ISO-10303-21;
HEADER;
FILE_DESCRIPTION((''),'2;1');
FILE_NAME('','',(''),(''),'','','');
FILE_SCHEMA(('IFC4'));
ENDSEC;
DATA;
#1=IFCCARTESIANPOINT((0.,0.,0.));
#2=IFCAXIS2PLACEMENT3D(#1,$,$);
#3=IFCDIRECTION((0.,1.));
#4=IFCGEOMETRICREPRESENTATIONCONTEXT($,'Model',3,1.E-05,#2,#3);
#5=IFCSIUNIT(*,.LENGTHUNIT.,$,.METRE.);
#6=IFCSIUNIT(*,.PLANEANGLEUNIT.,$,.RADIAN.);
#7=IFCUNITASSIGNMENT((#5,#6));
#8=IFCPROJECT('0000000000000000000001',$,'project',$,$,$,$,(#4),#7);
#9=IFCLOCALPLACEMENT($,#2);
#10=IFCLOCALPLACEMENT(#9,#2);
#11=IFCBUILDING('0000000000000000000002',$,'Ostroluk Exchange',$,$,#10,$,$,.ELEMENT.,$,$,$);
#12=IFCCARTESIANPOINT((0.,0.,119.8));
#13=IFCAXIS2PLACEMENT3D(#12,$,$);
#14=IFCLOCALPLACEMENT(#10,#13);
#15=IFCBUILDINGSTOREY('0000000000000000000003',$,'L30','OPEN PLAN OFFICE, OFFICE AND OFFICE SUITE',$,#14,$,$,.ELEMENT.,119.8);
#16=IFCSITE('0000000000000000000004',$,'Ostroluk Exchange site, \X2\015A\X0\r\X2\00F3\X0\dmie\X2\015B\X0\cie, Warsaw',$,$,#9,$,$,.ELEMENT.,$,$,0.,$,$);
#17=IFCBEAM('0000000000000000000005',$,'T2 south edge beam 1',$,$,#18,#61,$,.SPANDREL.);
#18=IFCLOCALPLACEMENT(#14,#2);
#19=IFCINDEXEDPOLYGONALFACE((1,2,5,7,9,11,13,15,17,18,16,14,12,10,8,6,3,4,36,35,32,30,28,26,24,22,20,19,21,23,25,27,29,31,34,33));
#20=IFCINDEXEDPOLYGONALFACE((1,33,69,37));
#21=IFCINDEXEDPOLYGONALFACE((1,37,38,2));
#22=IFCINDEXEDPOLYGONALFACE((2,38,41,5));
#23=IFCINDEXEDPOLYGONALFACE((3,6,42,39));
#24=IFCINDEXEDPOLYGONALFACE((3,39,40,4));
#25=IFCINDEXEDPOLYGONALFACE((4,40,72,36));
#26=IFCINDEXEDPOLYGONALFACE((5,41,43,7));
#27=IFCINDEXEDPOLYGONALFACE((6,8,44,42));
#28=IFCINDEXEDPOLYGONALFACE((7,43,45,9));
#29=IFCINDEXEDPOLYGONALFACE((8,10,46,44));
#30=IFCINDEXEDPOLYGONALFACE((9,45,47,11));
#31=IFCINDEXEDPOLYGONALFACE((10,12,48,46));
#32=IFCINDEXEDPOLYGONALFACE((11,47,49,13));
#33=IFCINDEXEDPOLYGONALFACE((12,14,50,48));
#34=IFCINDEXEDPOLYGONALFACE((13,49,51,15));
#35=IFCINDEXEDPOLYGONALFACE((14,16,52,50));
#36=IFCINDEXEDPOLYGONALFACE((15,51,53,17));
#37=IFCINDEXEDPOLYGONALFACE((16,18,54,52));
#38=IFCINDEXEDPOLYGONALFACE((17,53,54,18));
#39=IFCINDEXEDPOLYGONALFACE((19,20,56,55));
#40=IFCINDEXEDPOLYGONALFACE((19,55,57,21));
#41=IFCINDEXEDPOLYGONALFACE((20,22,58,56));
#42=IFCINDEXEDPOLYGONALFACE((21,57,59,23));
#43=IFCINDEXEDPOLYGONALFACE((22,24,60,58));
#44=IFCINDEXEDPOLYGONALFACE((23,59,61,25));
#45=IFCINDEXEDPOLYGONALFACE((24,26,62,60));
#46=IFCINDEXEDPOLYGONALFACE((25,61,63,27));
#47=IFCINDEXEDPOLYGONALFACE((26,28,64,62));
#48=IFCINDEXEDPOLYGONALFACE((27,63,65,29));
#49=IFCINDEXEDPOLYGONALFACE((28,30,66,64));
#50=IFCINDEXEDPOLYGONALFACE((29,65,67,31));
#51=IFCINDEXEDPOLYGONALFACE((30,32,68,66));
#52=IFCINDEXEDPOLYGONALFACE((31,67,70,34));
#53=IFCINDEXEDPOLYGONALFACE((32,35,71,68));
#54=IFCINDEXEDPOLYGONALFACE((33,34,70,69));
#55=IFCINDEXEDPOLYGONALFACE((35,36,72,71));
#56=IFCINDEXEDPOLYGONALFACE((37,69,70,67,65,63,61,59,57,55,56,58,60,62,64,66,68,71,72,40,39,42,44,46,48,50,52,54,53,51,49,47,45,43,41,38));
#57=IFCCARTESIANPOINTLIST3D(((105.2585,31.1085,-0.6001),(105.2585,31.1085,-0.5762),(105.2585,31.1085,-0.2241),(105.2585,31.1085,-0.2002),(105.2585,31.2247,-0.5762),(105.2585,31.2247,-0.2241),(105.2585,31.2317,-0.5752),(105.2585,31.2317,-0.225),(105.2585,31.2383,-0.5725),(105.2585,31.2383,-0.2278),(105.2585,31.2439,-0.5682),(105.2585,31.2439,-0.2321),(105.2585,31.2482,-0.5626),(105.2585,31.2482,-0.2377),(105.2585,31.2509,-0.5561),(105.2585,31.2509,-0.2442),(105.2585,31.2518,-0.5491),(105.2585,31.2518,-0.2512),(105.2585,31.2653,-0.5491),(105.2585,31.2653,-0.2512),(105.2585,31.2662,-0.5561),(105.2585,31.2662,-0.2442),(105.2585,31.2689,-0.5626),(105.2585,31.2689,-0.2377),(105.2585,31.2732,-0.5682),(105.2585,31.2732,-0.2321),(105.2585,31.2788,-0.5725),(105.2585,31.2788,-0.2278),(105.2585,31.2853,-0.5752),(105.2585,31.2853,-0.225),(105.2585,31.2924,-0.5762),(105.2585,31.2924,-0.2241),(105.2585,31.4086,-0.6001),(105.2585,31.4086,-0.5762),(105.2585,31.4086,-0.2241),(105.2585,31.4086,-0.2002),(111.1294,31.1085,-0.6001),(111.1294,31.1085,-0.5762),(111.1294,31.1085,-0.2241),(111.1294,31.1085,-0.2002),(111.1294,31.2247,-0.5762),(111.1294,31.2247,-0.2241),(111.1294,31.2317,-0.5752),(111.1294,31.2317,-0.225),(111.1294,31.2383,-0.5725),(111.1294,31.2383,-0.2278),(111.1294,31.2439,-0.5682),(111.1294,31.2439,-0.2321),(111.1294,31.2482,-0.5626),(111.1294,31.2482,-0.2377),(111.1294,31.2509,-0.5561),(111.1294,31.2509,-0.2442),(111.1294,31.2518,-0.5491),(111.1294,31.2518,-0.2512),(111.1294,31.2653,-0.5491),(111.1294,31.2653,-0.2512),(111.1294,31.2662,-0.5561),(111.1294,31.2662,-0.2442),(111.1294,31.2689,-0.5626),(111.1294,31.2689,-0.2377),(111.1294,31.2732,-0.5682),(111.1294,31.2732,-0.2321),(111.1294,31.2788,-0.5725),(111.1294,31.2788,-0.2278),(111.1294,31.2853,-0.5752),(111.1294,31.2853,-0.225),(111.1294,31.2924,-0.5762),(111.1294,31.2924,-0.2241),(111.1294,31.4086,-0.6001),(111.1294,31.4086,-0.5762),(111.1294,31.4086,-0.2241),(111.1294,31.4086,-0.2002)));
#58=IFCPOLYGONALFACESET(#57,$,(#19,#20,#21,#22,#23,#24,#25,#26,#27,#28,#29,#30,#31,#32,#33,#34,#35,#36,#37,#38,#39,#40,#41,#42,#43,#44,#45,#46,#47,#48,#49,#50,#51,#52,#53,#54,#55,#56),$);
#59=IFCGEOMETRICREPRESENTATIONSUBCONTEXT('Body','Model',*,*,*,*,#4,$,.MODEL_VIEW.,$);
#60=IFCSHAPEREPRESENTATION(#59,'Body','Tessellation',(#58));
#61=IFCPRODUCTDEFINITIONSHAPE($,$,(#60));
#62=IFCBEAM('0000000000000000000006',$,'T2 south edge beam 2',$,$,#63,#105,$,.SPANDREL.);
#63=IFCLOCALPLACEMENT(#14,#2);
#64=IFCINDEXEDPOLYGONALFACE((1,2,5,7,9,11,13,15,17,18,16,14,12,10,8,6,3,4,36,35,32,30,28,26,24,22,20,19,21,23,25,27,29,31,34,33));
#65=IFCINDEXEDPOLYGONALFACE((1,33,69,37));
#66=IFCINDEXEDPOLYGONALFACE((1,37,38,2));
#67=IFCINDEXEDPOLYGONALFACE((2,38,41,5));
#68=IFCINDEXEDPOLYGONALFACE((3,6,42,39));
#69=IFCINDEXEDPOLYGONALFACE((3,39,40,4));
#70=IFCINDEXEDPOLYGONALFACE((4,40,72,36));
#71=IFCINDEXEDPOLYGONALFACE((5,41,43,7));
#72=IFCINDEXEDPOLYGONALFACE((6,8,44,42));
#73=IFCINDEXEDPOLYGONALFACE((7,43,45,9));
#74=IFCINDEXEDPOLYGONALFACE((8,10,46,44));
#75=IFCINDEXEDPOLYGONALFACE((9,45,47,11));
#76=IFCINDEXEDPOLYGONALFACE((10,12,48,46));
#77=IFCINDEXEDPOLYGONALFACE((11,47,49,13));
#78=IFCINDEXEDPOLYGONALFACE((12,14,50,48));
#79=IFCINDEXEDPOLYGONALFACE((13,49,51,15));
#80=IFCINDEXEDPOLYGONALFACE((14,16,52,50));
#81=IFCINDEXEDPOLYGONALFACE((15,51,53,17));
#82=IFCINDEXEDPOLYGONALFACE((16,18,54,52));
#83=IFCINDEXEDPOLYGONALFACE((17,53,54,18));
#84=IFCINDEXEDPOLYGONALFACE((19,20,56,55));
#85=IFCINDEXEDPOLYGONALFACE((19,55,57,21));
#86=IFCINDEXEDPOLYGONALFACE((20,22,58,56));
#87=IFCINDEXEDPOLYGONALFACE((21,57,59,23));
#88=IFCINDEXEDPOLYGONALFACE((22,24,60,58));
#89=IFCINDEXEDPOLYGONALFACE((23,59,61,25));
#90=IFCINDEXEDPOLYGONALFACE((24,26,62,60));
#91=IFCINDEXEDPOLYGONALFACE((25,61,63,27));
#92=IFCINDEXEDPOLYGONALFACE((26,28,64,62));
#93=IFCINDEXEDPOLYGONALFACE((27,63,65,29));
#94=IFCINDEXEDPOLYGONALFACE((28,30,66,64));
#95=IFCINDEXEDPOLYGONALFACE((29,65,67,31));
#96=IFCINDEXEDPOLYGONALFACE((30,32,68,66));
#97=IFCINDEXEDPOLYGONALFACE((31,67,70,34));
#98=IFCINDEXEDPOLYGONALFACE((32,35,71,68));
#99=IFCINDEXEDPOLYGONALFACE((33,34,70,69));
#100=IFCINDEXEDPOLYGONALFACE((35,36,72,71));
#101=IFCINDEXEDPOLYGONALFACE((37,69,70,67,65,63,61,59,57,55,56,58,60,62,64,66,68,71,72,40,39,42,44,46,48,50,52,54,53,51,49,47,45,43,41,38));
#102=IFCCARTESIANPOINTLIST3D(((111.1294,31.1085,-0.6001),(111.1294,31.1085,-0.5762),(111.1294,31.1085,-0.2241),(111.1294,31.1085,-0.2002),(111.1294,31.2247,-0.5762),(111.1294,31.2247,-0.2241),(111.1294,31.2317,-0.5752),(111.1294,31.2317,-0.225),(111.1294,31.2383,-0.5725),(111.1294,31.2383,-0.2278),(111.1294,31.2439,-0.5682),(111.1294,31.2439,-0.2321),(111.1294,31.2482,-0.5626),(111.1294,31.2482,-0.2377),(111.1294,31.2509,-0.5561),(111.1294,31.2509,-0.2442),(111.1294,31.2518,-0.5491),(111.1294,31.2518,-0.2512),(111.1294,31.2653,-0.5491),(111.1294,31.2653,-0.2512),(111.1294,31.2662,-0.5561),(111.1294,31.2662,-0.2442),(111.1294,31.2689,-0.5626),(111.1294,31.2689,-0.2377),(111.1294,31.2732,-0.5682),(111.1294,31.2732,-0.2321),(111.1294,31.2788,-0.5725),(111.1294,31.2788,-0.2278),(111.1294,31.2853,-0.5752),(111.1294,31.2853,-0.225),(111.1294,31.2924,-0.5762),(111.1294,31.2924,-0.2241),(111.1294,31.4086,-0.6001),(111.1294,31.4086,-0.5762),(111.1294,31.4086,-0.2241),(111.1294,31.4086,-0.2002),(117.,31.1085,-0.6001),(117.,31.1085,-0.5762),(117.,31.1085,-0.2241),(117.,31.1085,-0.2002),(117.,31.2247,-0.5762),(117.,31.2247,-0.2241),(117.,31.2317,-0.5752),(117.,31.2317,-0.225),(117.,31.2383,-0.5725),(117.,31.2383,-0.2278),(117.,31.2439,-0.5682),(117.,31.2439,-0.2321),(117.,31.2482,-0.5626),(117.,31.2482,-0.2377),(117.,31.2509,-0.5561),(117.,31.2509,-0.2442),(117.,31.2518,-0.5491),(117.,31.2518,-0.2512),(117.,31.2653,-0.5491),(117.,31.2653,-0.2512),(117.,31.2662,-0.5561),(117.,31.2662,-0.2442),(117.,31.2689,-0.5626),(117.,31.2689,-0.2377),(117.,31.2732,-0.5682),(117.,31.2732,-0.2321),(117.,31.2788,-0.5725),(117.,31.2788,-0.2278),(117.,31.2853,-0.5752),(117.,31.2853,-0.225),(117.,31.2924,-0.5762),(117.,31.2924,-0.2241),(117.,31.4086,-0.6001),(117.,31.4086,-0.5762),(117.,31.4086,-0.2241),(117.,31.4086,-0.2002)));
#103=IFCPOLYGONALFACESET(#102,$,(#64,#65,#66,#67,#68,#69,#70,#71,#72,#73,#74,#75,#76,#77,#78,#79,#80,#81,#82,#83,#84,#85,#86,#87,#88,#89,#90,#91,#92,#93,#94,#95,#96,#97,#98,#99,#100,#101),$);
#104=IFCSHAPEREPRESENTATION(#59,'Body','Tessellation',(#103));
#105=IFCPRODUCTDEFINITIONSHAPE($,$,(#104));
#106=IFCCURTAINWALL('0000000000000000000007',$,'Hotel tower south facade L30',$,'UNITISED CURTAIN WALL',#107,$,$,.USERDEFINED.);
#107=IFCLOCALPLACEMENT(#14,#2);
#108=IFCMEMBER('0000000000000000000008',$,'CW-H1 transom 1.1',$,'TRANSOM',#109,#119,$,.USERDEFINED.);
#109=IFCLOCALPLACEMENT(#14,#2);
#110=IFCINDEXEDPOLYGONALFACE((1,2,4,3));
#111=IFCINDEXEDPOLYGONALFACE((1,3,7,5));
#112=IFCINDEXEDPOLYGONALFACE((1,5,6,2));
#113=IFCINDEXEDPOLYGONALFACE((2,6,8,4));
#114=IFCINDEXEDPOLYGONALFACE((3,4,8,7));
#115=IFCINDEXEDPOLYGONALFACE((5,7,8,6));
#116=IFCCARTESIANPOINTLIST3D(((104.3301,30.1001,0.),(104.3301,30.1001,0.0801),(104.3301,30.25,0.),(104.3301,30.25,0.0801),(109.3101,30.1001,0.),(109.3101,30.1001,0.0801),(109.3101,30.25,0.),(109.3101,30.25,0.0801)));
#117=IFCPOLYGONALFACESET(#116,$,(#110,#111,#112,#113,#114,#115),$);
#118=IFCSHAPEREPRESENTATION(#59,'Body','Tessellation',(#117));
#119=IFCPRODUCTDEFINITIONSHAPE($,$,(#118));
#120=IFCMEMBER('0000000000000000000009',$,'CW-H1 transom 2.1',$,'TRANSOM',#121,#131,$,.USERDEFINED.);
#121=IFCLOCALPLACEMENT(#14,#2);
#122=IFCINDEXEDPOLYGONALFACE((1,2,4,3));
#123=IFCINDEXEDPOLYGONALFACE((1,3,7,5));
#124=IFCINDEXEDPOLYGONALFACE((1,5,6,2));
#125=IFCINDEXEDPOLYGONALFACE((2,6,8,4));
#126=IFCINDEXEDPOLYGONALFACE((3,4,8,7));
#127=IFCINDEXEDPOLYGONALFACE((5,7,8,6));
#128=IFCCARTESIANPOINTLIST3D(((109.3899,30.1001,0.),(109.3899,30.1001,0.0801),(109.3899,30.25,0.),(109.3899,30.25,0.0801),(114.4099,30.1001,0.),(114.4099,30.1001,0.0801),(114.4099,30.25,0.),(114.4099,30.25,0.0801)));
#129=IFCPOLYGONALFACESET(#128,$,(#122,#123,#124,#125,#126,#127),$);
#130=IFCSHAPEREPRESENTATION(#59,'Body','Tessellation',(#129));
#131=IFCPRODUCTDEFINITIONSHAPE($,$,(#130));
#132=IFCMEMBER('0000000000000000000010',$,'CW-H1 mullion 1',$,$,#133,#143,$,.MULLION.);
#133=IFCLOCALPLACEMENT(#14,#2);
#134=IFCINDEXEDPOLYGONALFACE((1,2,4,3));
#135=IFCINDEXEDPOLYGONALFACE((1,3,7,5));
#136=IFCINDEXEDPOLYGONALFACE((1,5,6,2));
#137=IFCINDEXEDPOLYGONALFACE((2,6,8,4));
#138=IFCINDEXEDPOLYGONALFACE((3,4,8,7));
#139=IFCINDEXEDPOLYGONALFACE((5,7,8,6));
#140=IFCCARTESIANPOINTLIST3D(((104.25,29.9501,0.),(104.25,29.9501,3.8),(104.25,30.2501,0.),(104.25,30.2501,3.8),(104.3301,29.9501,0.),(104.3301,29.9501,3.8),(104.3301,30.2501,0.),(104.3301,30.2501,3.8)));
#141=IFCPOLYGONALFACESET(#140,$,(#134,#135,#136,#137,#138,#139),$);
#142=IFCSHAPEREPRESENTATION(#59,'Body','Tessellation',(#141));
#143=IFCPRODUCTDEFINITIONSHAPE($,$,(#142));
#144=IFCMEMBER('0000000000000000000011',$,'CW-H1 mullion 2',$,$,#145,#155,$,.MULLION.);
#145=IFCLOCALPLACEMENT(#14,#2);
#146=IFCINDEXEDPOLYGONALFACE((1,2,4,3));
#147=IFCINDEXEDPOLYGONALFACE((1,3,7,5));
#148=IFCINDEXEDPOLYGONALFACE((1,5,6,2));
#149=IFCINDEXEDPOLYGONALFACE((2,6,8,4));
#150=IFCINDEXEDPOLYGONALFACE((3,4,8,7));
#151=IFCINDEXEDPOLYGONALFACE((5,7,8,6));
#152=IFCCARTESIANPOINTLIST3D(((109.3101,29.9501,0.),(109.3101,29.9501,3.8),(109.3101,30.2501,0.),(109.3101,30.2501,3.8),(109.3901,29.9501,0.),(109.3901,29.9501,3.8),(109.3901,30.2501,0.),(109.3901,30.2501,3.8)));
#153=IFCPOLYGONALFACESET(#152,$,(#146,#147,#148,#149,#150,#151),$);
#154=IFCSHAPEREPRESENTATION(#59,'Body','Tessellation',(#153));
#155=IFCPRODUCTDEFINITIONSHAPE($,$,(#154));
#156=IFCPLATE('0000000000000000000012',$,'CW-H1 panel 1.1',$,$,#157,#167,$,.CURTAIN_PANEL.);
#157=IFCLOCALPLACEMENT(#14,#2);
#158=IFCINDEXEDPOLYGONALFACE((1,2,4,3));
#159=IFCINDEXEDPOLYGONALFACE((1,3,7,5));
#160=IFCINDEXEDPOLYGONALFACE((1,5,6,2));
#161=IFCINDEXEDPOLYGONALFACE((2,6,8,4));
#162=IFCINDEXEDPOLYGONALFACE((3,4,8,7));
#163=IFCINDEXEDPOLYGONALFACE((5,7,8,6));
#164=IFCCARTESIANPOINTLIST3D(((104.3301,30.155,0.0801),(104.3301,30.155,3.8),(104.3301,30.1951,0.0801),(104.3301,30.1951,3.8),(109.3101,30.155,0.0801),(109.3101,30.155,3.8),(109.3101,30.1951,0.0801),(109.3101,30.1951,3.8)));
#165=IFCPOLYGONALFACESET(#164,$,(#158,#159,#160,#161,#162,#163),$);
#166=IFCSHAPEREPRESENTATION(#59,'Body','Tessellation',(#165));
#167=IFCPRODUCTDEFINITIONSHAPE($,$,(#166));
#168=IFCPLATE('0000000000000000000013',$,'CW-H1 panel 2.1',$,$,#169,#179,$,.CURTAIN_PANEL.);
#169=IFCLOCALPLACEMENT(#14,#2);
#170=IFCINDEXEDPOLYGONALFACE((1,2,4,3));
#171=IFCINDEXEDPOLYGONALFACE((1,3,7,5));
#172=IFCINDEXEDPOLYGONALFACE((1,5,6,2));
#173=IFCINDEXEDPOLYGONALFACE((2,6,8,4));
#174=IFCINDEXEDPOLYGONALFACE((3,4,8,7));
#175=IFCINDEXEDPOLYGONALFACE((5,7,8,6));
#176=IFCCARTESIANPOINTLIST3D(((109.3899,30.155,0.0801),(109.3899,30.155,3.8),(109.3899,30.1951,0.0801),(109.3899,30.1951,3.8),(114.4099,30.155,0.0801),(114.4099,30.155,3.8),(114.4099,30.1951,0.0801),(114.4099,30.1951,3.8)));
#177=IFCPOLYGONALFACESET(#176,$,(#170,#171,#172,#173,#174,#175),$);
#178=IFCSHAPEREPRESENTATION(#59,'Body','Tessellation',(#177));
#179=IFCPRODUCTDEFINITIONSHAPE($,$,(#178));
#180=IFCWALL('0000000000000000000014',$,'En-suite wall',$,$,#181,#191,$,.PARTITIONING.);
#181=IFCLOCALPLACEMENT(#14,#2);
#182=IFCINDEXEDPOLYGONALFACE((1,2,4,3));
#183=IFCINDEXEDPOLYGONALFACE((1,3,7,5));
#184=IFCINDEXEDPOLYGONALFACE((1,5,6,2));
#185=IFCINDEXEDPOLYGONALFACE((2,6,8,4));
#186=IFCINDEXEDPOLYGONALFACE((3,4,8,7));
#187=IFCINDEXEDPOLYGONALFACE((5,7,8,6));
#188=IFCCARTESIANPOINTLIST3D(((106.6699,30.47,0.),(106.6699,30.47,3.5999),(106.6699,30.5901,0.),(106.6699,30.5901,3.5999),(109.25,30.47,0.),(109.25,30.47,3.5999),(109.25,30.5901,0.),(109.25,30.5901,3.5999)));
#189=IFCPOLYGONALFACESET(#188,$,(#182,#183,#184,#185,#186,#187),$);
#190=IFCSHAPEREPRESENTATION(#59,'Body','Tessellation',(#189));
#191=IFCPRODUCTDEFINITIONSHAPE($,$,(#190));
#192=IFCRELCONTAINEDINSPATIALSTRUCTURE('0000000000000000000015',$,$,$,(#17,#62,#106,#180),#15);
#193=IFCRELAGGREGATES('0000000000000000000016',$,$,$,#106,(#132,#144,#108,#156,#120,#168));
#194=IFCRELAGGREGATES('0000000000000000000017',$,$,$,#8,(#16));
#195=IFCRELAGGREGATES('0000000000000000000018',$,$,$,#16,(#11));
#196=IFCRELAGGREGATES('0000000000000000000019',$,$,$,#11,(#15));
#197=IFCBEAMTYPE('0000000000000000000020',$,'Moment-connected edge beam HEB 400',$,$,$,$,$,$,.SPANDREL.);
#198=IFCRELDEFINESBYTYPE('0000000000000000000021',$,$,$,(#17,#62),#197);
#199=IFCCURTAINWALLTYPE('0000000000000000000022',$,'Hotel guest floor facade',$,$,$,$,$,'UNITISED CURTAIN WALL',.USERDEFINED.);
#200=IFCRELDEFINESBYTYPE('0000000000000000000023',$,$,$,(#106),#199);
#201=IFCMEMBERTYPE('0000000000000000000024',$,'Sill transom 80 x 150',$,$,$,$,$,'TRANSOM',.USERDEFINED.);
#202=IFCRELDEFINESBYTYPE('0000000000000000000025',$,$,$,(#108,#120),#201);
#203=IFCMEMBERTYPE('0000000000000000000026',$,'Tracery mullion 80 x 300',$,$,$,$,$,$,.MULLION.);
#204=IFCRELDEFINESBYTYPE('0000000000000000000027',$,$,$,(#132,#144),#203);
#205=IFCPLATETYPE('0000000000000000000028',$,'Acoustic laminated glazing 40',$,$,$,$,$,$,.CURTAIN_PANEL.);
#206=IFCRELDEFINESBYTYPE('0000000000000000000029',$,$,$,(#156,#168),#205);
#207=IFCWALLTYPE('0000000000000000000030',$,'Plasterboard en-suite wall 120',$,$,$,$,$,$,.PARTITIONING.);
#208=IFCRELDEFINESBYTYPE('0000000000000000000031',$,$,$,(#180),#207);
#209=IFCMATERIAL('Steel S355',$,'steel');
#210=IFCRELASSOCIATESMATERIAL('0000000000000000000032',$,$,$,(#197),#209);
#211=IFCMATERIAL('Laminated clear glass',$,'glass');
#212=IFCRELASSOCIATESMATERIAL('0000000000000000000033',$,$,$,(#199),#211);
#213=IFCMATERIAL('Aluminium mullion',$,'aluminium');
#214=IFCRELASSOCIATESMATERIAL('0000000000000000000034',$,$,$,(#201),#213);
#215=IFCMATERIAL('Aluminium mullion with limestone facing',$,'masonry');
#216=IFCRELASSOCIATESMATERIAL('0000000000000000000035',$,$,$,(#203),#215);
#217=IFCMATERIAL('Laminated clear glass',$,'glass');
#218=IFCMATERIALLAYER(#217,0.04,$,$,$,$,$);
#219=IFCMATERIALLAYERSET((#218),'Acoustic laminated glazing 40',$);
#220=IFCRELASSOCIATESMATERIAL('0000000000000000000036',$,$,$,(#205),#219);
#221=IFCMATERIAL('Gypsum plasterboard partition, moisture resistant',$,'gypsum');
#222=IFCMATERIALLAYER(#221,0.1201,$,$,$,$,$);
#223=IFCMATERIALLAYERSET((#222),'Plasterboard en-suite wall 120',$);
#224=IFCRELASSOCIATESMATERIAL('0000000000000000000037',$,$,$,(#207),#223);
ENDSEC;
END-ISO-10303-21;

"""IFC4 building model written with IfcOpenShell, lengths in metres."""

from ifc_helpers import new_model, si_unit, direction, frame, frame_2d, origin, origin_2d, place, context, subcontext, project, spatial, rectangle, i_section, extrude, material, layer, layer_set, material_profile, profile_set, type_object, element, aggregate, save


model = new_model("IFC4")

# Units and contexts
model_context = context("Model", 3, precision=1e-05, world=origin(), true_north=direction((0.0, 1.0)))
body_context = subcontext(model_context, "Body", "Model", "MODEL_VIEW")
ifc_project = project(units=[si_unit("LENGTHUNIT", "METRE"), si_unit("PLANEANGLEUNIT", "RADIAN")], contexts=[model_context])

# Site, building, storey
site_placement = place(None, origin())
site = spatial("IfcSite", under=ifc_project, at=site_placement, Name="Ostroluk Exchange site, Śródmieście, Warsaw", CompositionType="ELEMENT", RefElevation=0.0)
building_placement = place(site_placement, origin())
building = spatial("IfcBuilding", under=site, at=building_placement, Name="Ostroluk Exchange", CompositionType="ELEMENT")
storey_placement = place(building_placement, frame((0.0, 0.0, 119.8)))
storey = spatial("IfcBuildingStorey", under=building, at=storey_placement, Name="L30", Description="OPEN PLAN OFFICE, OFFICE AND OFFICE SUITE", CompositionType="ELEMENT", Elevation=119.8)

# Beams
ifc_material_1 = material(Name="Steel S355", Category="steel")
ifc_material_profile_1 = material_profile(ifc_material_1, i_section(OverallWidth=0.3, OverallDepth=0.3999, WebThickness=0.0134, FlangeThickness=0.0239, FilletRadius=0.0271, at=origin_2d()), Name="HEB 400")
ifc_profile_set_1 = profile_set([ifc_material_profile_1], Name="Steel S355")
beam_type_1 = type_object("IfcBeamType", Name="Moment-connected edge beam HEB 400", PredefinedType="SPANDREL", material=ifc_profile_set_1)
beam_1_placement = place(storey_placement, frame((105.2585, 31.2585, -0.4001), z_axis=(1.0, 0.0, 0.0), x_axis=(0.0, 1.0, 0.0)))
element("IfcBeam", 1, at=beam_1_placement, inside=storey, type_object=beam_type_1, Name="T2 south edge beam 1", PredefinedType="SPANDREL", context=body_context, shape_type="SweptSolid", body=[
    extrude(i_section(OverallWidth=0.3, OverallDepth=0.3999, WebThickness=0.0134, FlangeThickness=0.0239, FilletRadius=0.0271, at=origin_2d()), origin(), (0.0, 0.0, 1.0), 5.8708),
])
beam_2_placement = place(storey_placement, frame((111.1294, 31.2585, -0.4001), z_axis=(1.0, 0.0, 0.0), x_axis=(0.0, 1.0, 0.0)))
element("IfcBeam", 2, at=beam_2_placement, inside=storey, type_object=beam_type_1, Name="T2 south edge beam 2", PredefinedType="SPANDREL", context=body_context, shape_type="SweptSolid", body=[
    extrude(i_section(OverallWidth=0.3, OverallDepth=0.3999, WebThickness=0.0134, FlangeThickness=0.0239, FilletRadius=0.0271, at=origin_2d()), origin(), (0.0, 0.0, 1.0), 5.8706),
])

# Curtain wall, members, plates
ifc_material_2 = material(Name="Laminated clear glass", Category="glass")
curtain_wall_type = type_object("IfcCurtainWallType", Name="Hotel guest floor facade", ElementType="UNITISED CURTAIN WALL", PredefinedType="USERDEFINED", material=ifc_material_2)
curtain_wall_placement = place(storey_placement, origin())
curtain_wall = element("IfcCurtainWall", 3, at=curtain_wall_placement, inside=storey, type_object=curtain_wall_type, Name="Hotel tower south facade L30", ObjectType="UNITISED CURTAIN WALL", PredefinedType="USERDEFINED")
ifc_material_3 = material(Name="Aluminium mullion", Category="aluminium")
ifc_material_profile_2 = material_profile(ifc_material_3, rectangle(XDim=0.1499, YDim=0.0801, at=origin_2d()), Name="Sill transom 80 x 150")
ifc_profile_set_2 = profile_set([ifc_material_profile_2], Name="Aluminium mullion")
member_type_1 = type_object("IfcMemberType", Name="Sill transom 80 x 150", ElementType="TRANSOM", PredefinedType="USERDEFINED", material=ifc_profile_set_2)
member_1_placement = place(storey_placement, frame((104.3301, 30.175, 0.04), z_axis=(1.0, 0.0, 0.0), x_axis=(0.0, 1.0, 0.0)))
member_1 = element("IfcMember", 4, at=member_1_placement, type_object=member_type_1, Name="CW-H1 transom 1.1", ObjectType="TRANSOM", PredefinedType="USERDEFINED", context=body_context, shape_type="SweptSolid", body=[
    extrude(rectangle(XDim=0.1499, YDim=0.0801, at=origin_2d()), origin(), (0.0, 0.0, 1.0), 4.98),
])
member_2_placement = place(storey_placement, frame((109.3899, 30.175, 0.04), z_axis=(1.0, 0.0, 0.0), x_axis=(0.0, 1.0, 0.0)))
member_2 = element("IfcMember", 5, at=member_2_placement, type_object=member_type_1, Name="CW-H1 transom 2.1", ObjectType="TRANSOM", PredefinedType="USERDEFINED", context=body_context, shape_type="SweptSolid", body=[
    extrude(rectangle(XDim=0.1499, YDim=0.0801, at=origin_2d()), origin(), (0.0, 0.0, 1.0), 5.02),
])
ifc_material_4 = material(Name="Aluminium mullion with limestone facing", Category="masonry")
ifc_material_profile_3 = material_profile(ifc_material_4, rectangle(XDim=0.3, YDim=0.0801, at=origin_2d()), Name="Tracery mullion 80 x 300")
ifc_profile_set_3 = profile_set([ifc_material_profile_3], Name="Aluminium mullion with limestone facing")
member_type_2 = type_object("IfcMemberType", Name="Tracery mullion 80 x 300", PredefinedType="MULLION", material=ifc_profile_set_3)
member_3_placement = place(storey_placement, frame((104.29, 30.1001, 0.0), z_axis=(0.0, 0.0, 1.0), x_axis=(0.0, 1.0, 0.0)))
member_3 = element("IfcMember", 6, at=member_3_placement, type_object=member_type_2, Name="CW-H1 mullion 1", PredefinedType="MULLION", context=body_context, shape_type="SweptSolid", body=[
    extrude(rectangle(XDim=0.3, YDim=0.0801, at=origin_2d()), origin(), (0.0, 0.0, 1.0), 3.8),
])
member_4_placement = place(storey_placement, frame((109.3501, 30.1001, 0.0), z_axis=(0.0, 0.0, 1.0), x_axis=(0.0, 1.0, 0.0)))
member_4 = element("IfcMember", 7, at=member_4_placement, type_object=member_type_2, Name="CW-H1 mullion 2", PredefinedType="MULLION", context=body_context, shape_type="SweptSolid", body=[
    extrude(rectangle(XDim=0.3, YDim=0.0801, at=origin_2d()), origin(), (0.0, 0.0, 1.0), 3.8),
])
ifc_material_5 = material(Name="Laminated clear glass", Category="glass")
ifc_layer_1 = layer(ifc_material_5, 0.04)
ifc_layer_set_1 = layer_set([ifc_layer_1], Name="Acoustic laminated glazing 40")
plate_type = type_object("IfcPlateType", Name="Acoustic laminated glazing 40", PredefinedType="CURTAIN_PANEL", material=ifc_layer_set_1)
plate_1_placement = place(storey_placement, frame((106.8201, 30.175, 0.0801), z_axis=(0.0, 0.0, 1.0), x_axis=(1.0, 0.0, 0.0)))
plate_1 = element("IfcPlate", 8, at=plate_1_placement, type_object=plate_type, Name="CW-H1 panel 1.1", PredefinedType="CURTAIN_PANEL", context=body_context, shape_type="SweptSolid", body=[
    extrude(rectangle(XDim=4.98, YDim=0.04, at=origin_2d()), origin(), (0.0, 0.0, 1.0), 3.72),
])
plate_2_placement = place(storey_placement, frame((111.8999, 30.175, 0.0801), z_axis=(0.0, 0.0, 1.0), x_axis=(1.0, 0.0, 0.0)))
plate_2 = element("IfcPlate", 9, at=plate_2_placement, type_object=plate_type, Name="CW-H1 panel 2.1", PredefinedType="CURTAIN_PANEL", context=body_context, shape_type="SweptSolid", body=[
    extrude(rectangle(XDim=5.02, YDim=0.04, at=origin_2d()), origin(), (0.0, 0.0, 1.0), 3.72),
])
aggregate(curtain_wall, [member_3, member_4, member_1, plate_1, member_2, plate_2])

# Wall
ifc_material_6 = material(Name="Gypsum plasterboard partition, moisture resistant", Category="gypsum")
ifc_layer_2 = layer(ifc_material_6, 0.1201)
ifc_layer_set_2 = layer_set([ifc_layer_2], Name="Plasterboard en-suite wall 120")
wall_type_1 = type_object("IfcWallType", Name="Plasterboard en-suite wall 120", PredefinedType="PARTITIONING", material=ifc_layer_set_2)
wall_1_placement = place(storey_placement, frame((109.25, 30.53, 0.0), z_axis=(0.0, 0.0, 1.0), x_axis=(-1.0, 0.0, 0.0)))
element("IfcWall", 10, at=wall_1_placement, inside=storey, type_object=wall_type_1, Name="En-suite wall", PredefinedType="PARTITIONING", context=body_context, shape_type="SweptSolid", body=[
    extrude(rectangle(XDim=2.5801, YDim=0.1201, at=frame_2d((1.29, 0.0))), origin(), (0.0, 0.0, 1.0), 3.5999),
])

save(model, "model.ifc")
